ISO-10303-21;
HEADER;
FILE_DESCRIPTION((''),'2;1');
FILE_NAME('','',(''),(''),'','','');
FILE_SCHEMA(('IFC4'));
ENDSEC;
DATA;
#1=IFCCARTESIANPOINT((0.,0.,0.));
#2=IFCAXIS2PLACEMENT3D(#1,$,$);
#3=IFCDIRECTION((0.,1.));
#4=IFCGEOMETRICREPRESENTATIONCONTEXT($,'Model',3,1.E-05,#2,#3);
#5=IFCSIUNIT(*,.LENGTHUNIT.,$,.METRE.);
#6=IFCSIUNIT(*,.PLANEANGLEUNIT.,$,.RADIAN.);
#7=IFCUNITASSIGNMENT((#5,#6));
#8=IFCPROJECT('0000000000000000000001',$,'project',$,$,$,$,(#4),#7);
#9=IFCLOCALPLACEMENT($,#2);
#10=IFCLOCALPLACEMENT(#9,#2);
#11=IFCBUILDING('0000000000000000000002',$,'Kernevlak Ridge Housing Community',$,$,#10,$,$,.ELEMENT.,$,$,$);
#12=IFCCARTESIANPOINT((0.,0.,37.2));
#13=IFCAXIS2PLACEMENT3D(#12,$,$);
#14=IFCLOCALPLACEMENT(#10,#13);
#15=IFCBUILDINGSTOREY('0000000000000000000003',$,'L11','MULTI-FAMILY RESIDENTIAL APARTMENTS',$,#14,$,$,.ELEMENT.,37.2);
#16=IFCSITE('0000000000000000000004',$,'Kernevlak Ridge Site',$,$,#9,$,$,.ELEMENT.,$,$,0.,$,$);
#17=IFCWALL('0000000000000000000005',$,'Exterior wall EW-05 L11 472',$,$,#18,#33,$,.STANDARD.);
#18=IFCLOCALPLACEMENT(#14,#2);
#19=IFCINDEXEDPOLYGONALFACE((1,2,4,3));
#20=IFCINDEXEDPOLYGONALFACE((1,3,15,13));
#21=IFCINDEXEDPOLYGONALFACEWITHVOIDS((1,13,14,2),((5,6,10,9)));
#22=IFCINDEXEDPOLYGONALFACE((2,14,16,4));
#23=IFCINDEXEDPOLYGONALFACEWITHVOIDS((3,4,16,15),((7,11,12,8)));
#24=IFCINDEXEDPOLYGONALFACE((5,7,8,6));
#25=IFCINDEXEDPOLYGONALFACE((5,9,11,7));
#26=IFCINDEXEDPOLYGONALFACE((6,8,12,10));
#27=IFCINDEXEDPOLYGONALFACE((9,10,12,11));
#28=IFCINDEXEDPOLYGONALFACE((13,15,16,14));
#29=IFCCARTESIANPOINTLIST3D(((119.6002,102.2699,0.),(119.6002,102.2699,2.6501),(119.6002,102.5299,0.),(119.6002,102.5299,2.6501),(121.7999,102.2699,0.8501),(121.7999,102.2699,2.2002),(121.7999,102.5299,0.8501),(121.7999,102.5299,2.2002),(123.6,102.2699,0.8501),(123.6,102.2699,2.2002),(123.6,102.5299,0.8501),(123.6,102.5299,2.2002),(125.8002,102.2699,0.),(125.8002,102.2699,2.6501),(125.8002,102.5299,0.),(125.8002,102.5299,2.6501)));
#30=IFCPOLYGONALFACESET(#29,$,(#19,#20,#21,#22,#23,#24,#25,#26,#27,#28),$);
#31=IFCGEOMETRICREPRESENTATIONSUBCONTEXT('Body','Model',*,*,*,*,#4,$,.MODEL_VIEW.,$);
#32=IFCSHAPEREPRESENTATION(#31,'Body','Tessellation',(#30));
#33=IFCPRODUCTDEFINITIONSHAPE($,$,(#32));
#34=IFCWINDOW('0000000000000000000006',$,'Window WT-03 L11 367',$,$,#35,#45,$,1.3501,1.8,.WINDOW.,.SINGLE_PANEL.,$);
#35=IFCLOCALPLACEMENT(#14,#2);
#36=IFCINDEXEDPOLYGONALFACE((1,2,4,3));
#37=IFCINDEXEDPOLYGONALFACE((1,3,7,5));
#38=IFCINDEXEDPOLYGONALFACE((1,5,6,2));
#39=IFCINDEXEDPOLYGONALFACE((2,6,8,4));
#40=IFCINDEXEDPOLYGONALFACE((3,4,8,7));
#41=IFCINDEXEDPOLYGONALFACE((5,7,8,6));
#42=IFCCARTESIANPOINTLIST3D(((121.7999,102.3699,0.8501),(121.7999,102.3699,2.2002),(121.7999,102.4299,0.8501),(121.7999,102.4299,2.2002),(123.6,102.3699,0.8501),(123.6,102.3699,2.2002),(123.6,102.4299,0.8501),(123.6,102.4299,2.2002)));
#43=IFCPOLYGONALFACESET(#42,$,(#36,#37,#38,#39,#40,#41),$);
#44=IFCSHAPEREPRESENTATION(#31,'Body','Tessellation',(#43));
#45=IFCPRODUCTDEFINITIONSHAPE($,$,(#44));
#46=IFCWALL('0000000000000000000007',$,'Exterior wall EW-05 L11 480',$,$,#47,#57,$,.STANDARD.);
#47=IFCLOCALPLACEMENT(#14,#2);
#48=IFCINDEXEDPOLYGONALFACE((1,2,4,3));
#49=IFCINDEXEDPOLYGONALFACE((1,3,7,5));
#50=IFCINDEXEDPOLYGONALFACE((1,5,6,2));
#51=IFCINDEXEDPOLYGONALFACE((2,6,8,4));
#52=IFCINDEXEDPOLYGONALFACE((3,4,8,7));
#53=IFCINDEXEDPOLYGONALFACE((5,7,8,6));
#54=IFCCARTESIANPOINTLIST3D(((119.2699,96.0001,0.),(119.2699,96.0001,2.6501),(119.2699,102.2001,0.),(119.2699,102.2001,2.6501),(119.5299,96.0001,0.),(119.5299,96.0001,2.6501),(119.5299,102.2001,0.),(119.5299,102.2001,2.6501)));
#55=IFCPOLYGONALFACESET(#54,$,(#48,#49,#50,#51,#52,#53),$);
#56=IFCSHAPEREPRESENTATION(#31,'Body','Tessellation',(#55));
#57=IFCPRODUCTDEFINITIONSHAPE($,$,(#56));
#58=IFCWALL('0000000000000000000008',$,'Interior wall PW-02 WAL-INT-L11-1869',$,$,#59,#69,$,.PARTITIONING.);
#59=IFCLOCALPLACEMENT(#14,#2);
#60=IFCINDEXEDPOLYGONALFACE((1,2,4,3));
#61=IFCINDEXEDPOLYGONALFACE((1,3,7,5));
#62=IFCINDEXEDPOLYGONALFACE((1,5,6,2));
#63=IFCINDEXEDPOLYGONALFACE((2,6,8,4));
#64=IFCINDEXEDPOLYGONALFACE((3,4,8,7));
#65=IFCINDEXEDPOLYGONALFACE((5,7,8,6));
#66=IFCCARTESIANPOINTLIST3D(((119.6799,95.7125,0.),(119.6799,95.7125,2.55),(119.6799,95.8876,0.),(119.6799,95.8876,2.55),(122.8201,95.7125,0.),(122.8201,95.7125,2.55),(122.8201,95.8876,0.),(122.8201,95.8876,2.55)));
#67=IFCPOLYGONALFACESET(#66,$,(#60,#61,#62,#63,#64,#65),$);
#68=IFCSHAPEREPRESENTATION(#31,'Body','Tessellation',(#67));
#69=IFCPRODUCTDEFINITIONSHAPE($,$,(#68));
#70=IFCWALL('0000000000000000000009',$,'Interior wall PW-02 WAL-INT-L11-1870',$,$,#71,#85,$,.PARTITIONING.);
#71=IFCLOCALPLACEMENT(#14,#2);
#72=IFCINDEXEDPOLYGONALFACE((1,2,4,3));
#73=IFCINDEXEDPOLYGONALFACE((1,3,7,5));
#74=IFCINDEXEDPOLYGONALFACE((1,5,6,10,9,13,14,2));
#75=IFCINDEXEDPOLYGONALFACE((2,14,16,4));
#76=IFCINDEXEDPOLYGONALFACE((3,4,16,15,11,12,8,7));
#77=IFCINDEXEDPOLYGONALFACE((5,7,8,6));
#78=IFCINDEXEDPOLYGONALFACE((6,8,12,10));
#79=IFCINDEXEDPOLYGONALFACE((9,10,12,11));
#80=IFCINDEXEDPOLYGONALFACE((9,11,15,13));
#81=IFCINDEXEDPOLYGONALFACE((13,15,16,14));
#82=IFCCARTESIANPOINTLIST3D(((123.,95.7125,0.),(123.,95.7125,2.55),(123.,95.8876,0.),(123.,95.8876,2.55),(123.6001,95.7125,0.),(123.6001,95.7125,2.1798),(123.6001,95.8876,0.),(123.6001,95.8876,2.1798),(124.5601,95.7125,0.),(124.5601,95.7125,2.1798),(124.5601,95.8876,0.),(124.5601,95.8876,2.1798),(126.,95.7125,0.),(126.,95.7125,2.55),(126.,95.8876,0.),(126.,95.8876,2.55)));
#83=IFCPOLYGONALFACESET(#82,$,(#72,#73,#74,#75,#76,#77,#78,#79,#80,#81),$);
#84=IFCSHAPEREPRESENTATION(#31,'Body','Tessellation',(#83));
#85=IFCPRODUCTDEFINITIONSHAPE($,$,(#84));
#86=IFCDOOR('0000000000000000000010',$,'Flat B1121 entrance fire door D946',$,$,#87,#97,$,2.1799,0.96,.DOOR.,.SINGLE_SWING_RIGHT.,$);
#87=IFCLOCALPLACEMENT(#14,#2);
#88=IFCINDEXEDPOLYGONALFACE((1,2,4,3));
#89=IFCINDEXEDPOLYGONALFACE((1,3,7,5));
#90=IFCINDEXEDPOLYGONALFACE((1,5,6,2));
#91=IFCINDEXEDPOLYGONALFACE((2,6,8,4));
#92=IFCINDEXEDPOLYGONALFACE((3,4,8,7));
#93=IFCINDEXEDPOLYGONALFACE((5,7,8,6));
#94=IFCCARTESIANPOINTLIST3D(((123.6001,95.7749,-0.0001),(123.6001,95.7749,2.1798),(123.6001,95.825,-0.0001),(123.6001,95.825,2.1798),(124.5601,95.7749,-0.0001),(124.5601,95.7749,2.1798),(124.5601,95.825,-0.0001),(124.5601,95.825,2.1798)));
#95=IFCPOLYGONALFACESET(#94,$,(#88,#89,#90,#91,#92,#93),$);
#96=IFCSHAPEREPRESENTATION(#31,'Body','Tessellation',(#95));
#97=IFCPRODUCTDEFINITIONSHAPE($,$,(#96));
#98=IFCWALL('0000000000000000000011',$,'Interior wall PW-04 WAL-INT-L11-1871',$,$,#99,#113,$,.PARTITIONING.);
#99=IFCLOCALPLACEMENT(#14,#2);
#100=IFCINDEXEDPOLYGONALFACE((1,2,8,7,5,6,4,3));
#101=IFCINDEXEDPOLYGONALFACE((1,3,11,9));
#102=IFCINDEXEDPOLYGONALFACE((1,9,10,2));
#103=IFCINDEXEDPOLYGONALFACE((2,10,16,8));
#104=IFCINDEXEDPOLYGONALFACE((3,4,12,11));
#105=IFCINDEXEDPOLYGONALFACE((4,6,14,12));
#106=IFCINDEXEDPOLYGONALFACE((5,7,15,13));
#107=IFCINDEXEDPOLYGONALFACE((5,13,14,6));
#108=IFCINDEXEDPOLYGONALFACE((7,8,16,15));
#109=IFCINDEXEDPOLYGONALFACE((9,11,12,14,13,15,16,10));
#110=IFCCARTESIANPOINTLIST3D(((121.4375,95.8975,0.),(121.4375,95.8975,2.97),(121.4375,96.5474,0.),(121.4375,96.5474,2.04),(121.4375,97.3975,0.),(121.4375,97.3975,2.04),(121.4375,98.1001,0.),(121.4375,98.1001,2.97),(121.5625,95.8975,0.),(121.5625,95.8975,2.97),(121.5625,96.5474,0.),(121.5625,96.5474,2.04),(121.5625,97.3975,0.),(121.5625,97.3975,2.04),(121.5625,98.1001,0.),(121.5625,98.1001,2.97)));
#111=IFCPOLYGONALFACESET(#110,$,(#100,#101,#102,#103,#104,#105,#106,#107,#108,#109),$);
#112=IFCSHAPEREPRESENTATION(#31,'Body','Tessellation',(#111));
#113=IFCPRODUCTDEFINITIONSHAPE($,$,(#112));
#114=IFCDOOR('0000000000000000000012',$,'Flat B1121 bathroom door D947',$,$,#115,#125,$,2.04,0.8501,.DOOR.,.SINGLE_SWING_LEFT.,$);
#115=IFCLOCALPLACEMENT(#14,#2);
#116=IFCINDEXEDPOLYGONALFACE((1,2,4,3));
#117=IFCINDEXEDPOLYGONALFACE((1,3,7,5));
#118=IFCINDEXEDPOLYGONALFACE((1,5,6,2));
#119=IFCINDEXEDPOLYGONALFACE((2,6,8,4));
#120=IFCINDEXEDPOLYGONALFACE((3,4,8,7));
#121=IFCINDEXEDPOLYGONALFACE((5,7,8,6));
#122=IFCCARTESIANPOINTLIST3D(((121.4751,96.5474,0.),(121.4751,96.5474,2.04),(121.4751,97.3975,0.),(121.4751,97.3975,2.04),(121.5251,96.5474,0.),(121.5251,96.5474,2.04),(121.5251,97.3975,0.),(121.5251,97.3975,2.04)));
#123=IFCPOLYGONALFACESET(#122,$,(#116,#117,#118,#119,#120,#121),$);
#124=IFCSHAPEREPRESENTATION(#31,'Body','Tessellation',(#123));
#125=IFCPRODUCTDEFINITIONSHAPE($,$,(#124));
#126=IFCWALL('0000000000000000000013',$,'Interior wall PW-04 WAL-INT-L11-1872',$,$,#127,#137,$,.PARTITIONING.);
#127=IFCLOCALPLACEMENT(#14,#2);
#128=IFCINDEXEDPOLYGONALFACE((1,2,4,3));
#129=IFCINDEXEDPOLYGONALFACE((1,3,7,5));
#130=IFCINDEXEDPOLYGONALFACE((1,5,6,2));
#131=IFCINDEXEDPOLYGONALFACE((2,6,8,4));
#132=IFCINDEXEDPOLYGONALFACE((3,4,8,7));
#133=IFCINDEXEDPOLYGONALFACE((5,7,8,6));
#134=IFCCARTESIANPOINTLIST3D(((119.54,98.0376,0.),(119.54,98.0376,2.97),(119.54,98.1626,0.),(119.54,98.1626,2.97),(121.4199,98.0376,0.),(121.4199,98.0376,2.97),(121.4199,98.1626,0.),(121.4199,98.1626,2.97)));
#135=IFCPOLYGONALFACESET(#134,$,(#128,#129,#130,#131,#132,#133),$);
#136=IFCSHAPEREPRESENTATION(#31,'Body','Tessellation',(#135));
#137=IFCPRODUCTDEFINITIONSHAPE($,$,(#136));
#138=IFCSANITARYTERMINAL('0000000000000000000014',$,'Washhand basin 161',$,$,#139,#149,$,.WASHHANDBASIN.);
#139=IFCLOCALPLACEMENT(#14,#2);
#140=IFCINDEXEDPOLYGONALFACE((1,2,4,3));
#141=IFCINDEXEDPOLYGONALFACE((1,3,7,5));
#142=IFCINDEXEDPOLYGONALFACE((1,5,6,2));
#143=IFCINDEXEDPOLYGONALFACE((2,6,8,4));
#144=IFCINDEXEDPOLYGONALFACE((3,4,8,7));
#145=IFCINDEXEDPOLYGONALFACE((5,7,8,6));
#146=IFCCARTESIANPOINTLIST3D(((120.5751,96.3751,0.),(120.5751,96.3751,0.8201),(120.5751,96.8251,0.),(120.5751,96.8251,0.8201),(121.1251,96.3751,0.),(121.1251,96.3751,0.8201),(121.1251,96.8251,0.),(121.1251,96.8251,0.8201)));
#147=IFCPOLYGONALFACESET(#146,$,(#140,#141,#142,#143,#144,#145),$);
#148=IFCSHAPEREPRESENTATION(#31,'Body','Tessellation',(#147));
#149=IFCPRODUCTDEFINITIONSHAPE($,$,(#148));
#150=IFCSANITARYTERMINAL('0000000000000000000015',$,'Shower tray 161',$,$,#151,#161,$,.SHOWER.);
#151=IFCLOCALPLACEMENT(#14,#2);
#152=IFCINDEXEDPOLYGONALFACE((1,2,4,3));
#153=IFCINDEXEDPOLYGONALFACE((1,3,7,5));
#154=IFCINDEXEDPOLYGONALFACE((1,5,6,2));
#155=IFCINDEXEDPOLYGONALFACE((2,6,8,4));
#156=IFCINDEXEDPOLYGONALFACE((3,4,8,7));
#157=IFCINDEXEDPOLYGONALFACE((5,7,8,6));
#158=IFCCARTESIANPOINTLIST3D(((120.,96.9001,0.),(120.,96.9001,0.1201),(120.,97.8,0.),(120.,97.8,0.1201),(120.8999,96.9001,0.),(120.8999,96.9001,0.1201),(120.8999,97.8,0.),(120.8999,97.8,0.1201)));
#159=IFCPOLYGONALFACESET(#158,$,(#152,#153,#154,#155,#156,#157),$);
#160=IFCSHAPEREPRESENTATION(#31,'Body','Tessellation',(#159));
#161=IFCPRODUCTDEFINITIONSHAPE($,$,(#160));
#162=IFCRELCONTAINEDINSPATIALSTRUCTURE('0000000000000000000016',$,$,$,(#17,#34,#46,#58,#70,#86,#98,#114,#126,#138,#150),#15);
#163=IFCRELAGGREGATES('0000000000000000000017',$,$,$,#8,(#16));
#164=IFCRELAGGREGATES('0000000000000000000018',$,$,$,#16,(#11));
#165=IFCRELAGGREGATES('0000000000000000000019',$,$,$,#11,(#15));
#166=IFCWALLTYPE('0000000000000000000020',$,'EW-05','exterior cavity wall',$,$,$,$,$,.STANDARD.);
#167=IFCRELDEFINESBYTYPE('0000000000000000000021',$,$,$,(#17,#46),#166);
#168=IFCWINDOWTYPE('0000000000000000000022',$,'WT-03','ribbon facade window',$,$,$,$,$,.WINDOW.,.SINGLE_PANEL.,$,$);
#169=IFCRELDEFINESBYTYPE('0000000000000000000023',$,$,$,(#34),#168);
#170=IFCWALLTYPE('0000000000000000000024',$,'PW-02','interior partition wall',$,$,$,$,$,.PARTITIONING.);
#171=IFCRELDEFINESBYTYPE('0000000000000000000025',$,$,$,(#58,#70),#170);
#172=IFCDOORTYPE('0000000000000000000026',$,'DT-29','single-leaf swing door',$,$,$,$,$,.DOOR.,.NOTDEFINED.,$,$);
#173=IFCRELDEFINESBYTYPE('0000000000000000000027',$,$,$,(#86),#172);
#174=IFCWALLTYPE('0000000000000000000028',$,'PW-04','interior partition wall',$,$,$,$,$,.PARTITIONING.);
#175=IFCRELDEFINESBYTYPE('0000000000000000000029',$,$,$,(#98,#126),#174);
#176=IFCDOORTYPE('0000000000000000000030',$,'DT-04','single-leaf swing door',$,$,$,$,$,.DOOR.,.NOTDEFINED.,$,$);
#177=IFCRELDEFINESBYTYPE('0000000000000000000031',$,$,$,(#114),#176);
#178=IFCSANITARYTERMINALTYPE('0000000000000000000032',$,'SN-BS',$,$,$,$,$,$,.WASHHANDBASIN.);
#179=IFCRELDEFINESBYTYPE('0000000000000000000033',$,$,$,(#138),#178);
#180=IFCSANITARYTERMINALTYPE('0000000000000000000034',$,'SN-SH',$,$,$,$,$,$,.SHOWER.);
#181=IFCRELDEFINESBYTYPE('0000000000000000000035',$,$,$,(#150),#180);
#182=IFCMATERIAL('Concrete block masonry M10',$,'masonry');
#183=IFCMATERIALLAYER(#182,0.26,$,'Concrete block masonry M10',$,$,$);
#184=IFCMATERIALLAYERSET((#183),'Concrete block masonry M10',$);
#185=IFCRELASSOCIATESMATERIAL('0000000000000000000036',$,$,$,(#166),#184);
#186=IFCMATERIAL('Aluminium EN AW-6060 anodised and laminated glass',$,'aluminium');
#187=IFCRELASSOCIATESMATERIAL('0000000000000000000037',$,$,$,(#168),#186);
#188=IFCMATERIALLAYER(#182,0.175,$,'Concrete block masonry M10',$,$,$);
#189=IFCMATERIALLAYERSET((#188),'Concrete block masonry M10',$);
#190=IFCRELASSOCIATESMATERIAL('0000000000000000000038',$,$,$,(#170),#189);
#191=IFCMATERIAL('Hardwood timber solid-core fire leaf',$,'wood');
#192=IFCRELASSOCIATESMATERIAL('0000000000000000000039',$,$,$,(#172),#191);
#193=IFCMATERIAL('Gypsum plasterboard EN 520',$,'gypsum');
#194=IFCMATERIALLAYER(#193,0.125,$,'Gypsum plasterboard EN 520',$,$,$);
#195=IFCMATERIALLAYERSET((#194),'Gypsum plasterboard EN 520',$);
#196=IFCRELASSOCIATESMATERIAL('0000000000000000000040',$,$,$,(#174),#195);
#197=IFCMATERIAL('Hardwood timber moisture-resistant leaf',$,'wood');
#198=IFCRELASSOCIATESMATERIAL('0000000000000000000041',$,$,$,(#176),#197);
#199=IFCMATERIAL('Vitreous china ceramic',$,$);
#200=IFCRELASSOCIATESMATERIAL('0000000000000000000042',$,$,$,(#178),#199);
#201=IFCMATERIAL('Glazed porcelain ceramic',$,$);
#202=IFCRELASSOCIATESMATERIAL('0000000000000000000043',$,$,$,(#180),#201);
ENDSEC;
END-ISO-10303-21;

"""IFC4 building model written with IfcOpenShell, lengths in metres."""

from ifc_helpers import new_model, si_unit, direction, frame, frame_2d, origin, origin_2d, place, context, subcontext, project, spatial, rectangle, extrude, material, layer, layer_set, type_object, element, fill, save


model = new_model("IFC4")

# Units and contexts
model_context = context("Model", 3, precision=1e-05, world=origin(), true_north=direction((0.0, 1.0)))
body_context = subcontext(model_context, "Body", "Model", "MODEL_VIEW")
ifc_project = project(units=[si_unit("LENGTHUNIT", "METRE"), si_unit("PLANEANGLEUNIT", "RADIAN")], contexts=[model_context])

# Site, building, storey
site_placement = place(None, origin())
site = spatial("IfcSite", under=ifc_project, at=site_placement, Name="Kernevlak Ridge Site", CompositionType="ELEMENT", RefElevation=0.0)
building_placement = place(site_placement, origin())
building = spatial("IfcBuilding", under=site, at=building_placement, Name="Kernevlak Ridge Housing Community", CompositionType="ELEMENT")
storey_placement = place(building_placement, frame((0.0, 0.0, 37.2)))
storey = spatial("IfcBuildingStorey", under=building, at=storey_placement, Name="L11", Description="MULTI-FAMILY RESIDENTIAL APARTMENTS", CompositionType="ELEMENT", Elevation=37.2)

# Shared definitions
ifc_material_1 = material(Name="Aluminium EN AW-6060 anodised and laminated glass", Category="aluminium")

# Wall, opening, window
ifc_material_2 = material(Name="Concrete block masonry M10", Category="masonry")
ifc_layer_1 = layer(ifc_material_2, 0.26, Name="Concrete block masonry M10")
ifc_layer_set_1 = layer_set([ifc_layer_1], Name="Concrete block masonry M10")
wall_type_1 = type_object("IfcWallType", Name="EW-05", Description="exterior cavity wall", PredefinedType="STANDARD", material=ifc_layer_set_1)
wall_1_placement = place(storey_placement, frame((119.6001, 102.3999, 0.0), z_axis=(0.0, 0.0, 1.0), x_axis=(1.0, 0.0, 0.0)))
wall_1 = element("IfcWall", 1, at=wall_1_placement, inside=storey, type_object=wall_type_1, Name="Exterior wall EW-05 L11 472", PredefinedType="STANDARD", context=body_context, shape_type="SweptSolid", body=[
    extrude(rectangle(XDim=6.2, YDim=0.26, at=frame_2d((3.1001, 0.0))), origin(), (0.0, 0.0, 1.0), 2.6501),
])
opening_1_placement = place(wall_1_placement, frame((2.2, 0.0, 0.8501)))
opening_1 = element("IfcOpeningElement", 2, at=opening_1_placement, cuts=wall_1, PredefinedType="OPENING", context=body_context, shape_type="SweptSolid", body=[
    extrude(rectangle(XDim=1.8, YDim=1.3501, at=frame_2d((0.8999, 0.675))), frame((0.0, 0.1399, 0.0), z_axis=(0.0, -1.0, 0.0), x_axis=(1.0, 0.0, 0.0)), (0.0, 0.0, 1.0), 0.28),
])
window_type = type_object("IfcWindowType", Name="WT-03", Description="ribbon facade window", PartitioningType="SINGLE_PANEL", PredefinedType="WINDOW", material=ifc_material_1)
window_placement = place(opening_1_placement, origin())
window = element("IfcWindow", 3, at=window_placement, inside=storey, type_object=window_type, Name="Window WT-03 L11 367", OverallHeight=1.3501, OverallWidth=1.8, PartitioningType="SINGLE_PANEL", PredefinedType="WINDOW", context=body_context, shape_type="SweptSolid", body=[
    extrude(rectangle(XDim=1.8, YDim=1.3501, at=frame_2d((0.8999, 0.675))), frame((0.0, 0.03, 0.0), z_axis=(0.0, -1.0, 0.0), x_axis=(1.0, 0.0, 0.0)), (0.0, 0.0, 1.0), 0.0601),
])
fill(opening_1, window)

# Walls
wall_2_placement = place(storey_placement, frame((119.3999, 96.0, 0.0), z_axis=(0.0, 0.0, 1.0), x_axis=(0.0, 1.0, 0.0)))
element("IfcWall", 4, at=wall_2_placement, inside=storey, type_object=wall_type_1, Name="Exterior wall EW-05 L11 480", PredefinedType="STANDARD", context=body_context, shape_type="SweptSolid", body=[
    extrude(rectangle(XDim=6.2, YDim=0.26, at=frame_2d((3.1001, 0.0))), origin(), (0.0, 0.0, 1.0), 2.6501),
])
ifc_layer_2 = layer(ifc_material_2, 0.175, Name="Concrete block masonry M10")
ifc_layer_set_2 = layer_set([ifc_layer_2], Name="Concrete block masonry M10")
wall_type_2 = type_object("IfcWallType", Name="PW-02", Description="interior partition wall", PredefinedType="PARTITIONING", material=ifc_layer_set_2)
wall_3_placement = place(storey_placement, frame((119.6799, 95.8, 0.0), z_axis=(0.0, 0.0, 1.0), x_axis=(1.0, 0.0, 0.0)))
element("IfcWall", 5, at=wall_3_placement, inside=storey, type_object=wall_type_2, Name="Interior wall PW-02 WAL-INT-L11-1869", PredefinedType="PARTITIONING", context=body_context, shape_type="SweptSolid", body=[
    extrude(rectangle(XDim=3.1401, YDim=0.175, at=frame_2d((1.5701, 0.0))), origin(), (0.0, 0.0, 1.0), 2.55),
])

# Walls, openings, doors
wall_4_placement = place(storey_placement, frame((123.0, 95.8, 0.0), z_axis=(0.0, 0.0, 1.0), x_axis=(1.0, 0.0, 0.0)))
wall_4 = element("IfcWall", 6, at=wall_4_placement, inside=storey, type_object=wall_type_2, Name="Interior wall PW-02 WAL-INT-L11-1870", PredefinedType="PARTITIONING", context=body_context, shape_type="SweptSolid", body=[
    extrude(rectangle(XDim=3.0, YDim=0.175, at=frame_2d((1.5, 0.0))), origin(), (0.0, 0.0, 1.0), 2.55),
])
opening_2_placement = place(wall_4_placement, frame((0.6001, 0.0, 0.0)))
opening_2 = element("IfcOpeningElement", 7, at=opening_2_placement, cuts=wall_4, PredefinedType="OPENING", context=body_context, shape_type="SweptSolid", body=[
    extrude(rectangle(XDim=0.96, YDim=2.1799, at=frame_2d((0.48, 1.0898))), frame((0.0, 0.0974, 0.0), z_axis=(0.0, -1.0, 0.0), x_axis=(1.0, 0.0, 0.0)), (0.0, 0.0, 1.0), 0.1951),
])
ifc_material_3 = material(Name="Hardwood timber solid-core fire leaf", Category="wood")
door_type_1 = type_object("IfcDoorType", Name="DT-29", Description="single-leaf swing door", OperationType="NOTDEFINED", PredefinedType="DOOR", material=ifc_material_3)
door_1_placement = place(opening_2_placement, origin())
door_1 = element("IfcDoor", 8, at=door_1_placement, inside=storey, type_object=door_type_1, Name="Flat B1121 entrance fire door D946", OperationType="SINGLE_SWING_RIGHT", OverallHeight=2.1799, OverallWidth=0.96, PredefinedType="DOOR", context=body_context, shape_type="SweptSolid", body=[
    extrude(rectangle(XDim=0.96, YDim=2.1799, at=frame_2d((0.48, 1.0898))), frame((0.0, 0.0249, 0.0), z_axis=(0.0, -1.0, 0.0), x_axis=(1.0, 0.0, 0.0)), (0.0, 0.0, 1.0), 0.05),
])
fill(opening_2, door_1)
ifc_material_4 = material(Name="Gypsum plasterboard EN 520", Category="gypsum")
ifc_layer_3 = layer(ifc_material_4, 0.125, Name="Gypsum plasterboard EN 520")
ifc_layer_set_3 = layer_set([ifc_layer_3], Name="Gypsum plasterboard EN 520")
wall_type_3 = type_object("IfcWallType", Name="PW-04", Description="interior partition wall", PredefinedType="PARTITIONING", material=ifc_layer_set_3)
wall_5_placement = place(storey_placement, frame((121.5, 95.8975, 0.0), z_axis=(0.0, 0.0, 1.0), x_axis=(0.0, 1.0, 0.0)))
wall_5 = element("IfcWall", 9, at=wall_5_placement, inside=storey, type_object=wall_type_3, Name="Interior wall PW-04 WAL-INT-L11-1871", PredefinedType="PARTITIONING", context=body_context, shape_type="SweptSolid", body=[
    extrude(rectangle(XDim=2.2026, YDim=0.125, at=frame_2d((1.1013, 0.0))), origin(), (0.0, 0.0, 1.0), 2.97),
])
opening_3_placement = place(wall_5_placement, frame((0.6499, 0.0, 0.0)))
opening_3 = element("IfcOpeningElement", 10, at=opening_3_placement, cuts=wall_5, PredefinedType="OPENING", context=body_context, shape_type="SweptSolid", body=[
    extrude(rectangle(XDim=0.8501, YDim=2.04, at=frame_2d((0.425, 1.02))), frame((0.0, 0.0725, 0.0), z_axis=(0.0, -1.0, 0.0), x_axis=(1.0, 0.0, 0.0)), (0.0, 0.0, 1.0), 0.145),
])
ifc_material_5 = material(Name="Hardwood timber moisture-resistant leaf", Category="wood")
door_type_2 = type_object("IfcDoorType", Name="DT-04", Description="single-leaf swing door", OperationType="NOTDEFINED", PredefinedType="DOOR", material=ifc_material_5)
door_2_placement = place(opening_3_placement, origin())
door_2 = element("IfcDoor", 11, at=door_2_placement, inside=storey, type_object=door_type_2, Name="Flat B1121 bathroom door D947", OperationType="SINGLE_SWING_LEFT", OverallHeight=2.04, OverallWidth=0.8501, PredefinedType="DOOR", context=body_context, shape_type="SweptSolid", body=[
    extrude(rectangle(XDim=0.8501, YDim=2.04, at=frame_2d((0.425, 1.02))), frame((0.0, 0.0249, 0.0), z_axis=(0.0, -1.0, 0.0), x_axis=(1.0, 0.0, 0.0)), (0.0, 0.0, 1.0), 0.05),
])
fill(opening_3, door_2)

# Wall
wall_6_placement = place(storey_placement, frame((119.54, 98.1001, 0.0), z_axis=(0.0, 0.0, 1.0), x_axis=(1.0, 0.0, 0.0)))
element("IfcWall", 12, at=wall_6_placement, inside=storey, type_object=wall_type_3, Name="Interior wall PW-04 WAL-INT-L11-1872", PredefinedType="PARTITIONING", context=body_context, shape_type="SweptSolid", body=[
    extrude(rectangle(XDim=1.8799, YDim=0.125, at=frame_2d((0.9399, 0.0))), origin(), (0.0, 0.0, 1.0), 2.97),
])

# Sanitary terminals
ifc_material_6 = material(Name="Vitreous china ceramic")
sanitary_terminal_type_1 = type_object("IfcSanitaryTerminalType", Name="SN-BS", PredefinedType="WASHHANDBASIN", material=ifc_material_6)
sanitary_terminal_1_placement = place(storey_placement, frame((120.8501, 96.6001, 0.0), z_axis=(0.0, 0.0, 1.0), x_axis=(1.0, 0.0, 0.0)))
element("IfcSanitaryTerminal", 13, at=sanitary_terminal_1_placement, inside=storey, type_object=sanitary_terminal_type_1, Name="Washhand basin 161", PredefinedType="WASHHANDBASIN", context=body_context, shape_type="SweptSolid", body=[
    extrude(rectangle(XDim=0.55, YDim=0.45, at=origin_2d()), origin(), (0.0, 0.0, 1.0), 0.8201),
])
ifc_material_7 = material(Name="Glazed porcelain ceramic")
sanitary_terminal_type_2 = type_object("IfcSanitaryTerminalType", Name="SN-SH", PredefinedType="SHOWER", material=ifc_material_7)
sanitary_terminal_2_placement = place(storey_placement, frame((120.45, 97.3501, 0.0), z_axis=(0.0, 0.0, 1.0), x_axis=(1.0, 0.0, 0.0)))
element("IfcSanitaryTerminal", 14, at=sanitary_terminal_2_placement, inside=storey, type_object=sanitary_terminal_type_2, Name="Shower tray 161", PredefinedType="SHOWER", context=body_context, shape_type="SweptSolid", body=[
    extrude(rectangle(XDim=0.8999, YDim=0.8999, at=origin_2d()), origin(), (0.0, 0.0, 1.0), 0.1201),
])

save(model, "model.ifc")
